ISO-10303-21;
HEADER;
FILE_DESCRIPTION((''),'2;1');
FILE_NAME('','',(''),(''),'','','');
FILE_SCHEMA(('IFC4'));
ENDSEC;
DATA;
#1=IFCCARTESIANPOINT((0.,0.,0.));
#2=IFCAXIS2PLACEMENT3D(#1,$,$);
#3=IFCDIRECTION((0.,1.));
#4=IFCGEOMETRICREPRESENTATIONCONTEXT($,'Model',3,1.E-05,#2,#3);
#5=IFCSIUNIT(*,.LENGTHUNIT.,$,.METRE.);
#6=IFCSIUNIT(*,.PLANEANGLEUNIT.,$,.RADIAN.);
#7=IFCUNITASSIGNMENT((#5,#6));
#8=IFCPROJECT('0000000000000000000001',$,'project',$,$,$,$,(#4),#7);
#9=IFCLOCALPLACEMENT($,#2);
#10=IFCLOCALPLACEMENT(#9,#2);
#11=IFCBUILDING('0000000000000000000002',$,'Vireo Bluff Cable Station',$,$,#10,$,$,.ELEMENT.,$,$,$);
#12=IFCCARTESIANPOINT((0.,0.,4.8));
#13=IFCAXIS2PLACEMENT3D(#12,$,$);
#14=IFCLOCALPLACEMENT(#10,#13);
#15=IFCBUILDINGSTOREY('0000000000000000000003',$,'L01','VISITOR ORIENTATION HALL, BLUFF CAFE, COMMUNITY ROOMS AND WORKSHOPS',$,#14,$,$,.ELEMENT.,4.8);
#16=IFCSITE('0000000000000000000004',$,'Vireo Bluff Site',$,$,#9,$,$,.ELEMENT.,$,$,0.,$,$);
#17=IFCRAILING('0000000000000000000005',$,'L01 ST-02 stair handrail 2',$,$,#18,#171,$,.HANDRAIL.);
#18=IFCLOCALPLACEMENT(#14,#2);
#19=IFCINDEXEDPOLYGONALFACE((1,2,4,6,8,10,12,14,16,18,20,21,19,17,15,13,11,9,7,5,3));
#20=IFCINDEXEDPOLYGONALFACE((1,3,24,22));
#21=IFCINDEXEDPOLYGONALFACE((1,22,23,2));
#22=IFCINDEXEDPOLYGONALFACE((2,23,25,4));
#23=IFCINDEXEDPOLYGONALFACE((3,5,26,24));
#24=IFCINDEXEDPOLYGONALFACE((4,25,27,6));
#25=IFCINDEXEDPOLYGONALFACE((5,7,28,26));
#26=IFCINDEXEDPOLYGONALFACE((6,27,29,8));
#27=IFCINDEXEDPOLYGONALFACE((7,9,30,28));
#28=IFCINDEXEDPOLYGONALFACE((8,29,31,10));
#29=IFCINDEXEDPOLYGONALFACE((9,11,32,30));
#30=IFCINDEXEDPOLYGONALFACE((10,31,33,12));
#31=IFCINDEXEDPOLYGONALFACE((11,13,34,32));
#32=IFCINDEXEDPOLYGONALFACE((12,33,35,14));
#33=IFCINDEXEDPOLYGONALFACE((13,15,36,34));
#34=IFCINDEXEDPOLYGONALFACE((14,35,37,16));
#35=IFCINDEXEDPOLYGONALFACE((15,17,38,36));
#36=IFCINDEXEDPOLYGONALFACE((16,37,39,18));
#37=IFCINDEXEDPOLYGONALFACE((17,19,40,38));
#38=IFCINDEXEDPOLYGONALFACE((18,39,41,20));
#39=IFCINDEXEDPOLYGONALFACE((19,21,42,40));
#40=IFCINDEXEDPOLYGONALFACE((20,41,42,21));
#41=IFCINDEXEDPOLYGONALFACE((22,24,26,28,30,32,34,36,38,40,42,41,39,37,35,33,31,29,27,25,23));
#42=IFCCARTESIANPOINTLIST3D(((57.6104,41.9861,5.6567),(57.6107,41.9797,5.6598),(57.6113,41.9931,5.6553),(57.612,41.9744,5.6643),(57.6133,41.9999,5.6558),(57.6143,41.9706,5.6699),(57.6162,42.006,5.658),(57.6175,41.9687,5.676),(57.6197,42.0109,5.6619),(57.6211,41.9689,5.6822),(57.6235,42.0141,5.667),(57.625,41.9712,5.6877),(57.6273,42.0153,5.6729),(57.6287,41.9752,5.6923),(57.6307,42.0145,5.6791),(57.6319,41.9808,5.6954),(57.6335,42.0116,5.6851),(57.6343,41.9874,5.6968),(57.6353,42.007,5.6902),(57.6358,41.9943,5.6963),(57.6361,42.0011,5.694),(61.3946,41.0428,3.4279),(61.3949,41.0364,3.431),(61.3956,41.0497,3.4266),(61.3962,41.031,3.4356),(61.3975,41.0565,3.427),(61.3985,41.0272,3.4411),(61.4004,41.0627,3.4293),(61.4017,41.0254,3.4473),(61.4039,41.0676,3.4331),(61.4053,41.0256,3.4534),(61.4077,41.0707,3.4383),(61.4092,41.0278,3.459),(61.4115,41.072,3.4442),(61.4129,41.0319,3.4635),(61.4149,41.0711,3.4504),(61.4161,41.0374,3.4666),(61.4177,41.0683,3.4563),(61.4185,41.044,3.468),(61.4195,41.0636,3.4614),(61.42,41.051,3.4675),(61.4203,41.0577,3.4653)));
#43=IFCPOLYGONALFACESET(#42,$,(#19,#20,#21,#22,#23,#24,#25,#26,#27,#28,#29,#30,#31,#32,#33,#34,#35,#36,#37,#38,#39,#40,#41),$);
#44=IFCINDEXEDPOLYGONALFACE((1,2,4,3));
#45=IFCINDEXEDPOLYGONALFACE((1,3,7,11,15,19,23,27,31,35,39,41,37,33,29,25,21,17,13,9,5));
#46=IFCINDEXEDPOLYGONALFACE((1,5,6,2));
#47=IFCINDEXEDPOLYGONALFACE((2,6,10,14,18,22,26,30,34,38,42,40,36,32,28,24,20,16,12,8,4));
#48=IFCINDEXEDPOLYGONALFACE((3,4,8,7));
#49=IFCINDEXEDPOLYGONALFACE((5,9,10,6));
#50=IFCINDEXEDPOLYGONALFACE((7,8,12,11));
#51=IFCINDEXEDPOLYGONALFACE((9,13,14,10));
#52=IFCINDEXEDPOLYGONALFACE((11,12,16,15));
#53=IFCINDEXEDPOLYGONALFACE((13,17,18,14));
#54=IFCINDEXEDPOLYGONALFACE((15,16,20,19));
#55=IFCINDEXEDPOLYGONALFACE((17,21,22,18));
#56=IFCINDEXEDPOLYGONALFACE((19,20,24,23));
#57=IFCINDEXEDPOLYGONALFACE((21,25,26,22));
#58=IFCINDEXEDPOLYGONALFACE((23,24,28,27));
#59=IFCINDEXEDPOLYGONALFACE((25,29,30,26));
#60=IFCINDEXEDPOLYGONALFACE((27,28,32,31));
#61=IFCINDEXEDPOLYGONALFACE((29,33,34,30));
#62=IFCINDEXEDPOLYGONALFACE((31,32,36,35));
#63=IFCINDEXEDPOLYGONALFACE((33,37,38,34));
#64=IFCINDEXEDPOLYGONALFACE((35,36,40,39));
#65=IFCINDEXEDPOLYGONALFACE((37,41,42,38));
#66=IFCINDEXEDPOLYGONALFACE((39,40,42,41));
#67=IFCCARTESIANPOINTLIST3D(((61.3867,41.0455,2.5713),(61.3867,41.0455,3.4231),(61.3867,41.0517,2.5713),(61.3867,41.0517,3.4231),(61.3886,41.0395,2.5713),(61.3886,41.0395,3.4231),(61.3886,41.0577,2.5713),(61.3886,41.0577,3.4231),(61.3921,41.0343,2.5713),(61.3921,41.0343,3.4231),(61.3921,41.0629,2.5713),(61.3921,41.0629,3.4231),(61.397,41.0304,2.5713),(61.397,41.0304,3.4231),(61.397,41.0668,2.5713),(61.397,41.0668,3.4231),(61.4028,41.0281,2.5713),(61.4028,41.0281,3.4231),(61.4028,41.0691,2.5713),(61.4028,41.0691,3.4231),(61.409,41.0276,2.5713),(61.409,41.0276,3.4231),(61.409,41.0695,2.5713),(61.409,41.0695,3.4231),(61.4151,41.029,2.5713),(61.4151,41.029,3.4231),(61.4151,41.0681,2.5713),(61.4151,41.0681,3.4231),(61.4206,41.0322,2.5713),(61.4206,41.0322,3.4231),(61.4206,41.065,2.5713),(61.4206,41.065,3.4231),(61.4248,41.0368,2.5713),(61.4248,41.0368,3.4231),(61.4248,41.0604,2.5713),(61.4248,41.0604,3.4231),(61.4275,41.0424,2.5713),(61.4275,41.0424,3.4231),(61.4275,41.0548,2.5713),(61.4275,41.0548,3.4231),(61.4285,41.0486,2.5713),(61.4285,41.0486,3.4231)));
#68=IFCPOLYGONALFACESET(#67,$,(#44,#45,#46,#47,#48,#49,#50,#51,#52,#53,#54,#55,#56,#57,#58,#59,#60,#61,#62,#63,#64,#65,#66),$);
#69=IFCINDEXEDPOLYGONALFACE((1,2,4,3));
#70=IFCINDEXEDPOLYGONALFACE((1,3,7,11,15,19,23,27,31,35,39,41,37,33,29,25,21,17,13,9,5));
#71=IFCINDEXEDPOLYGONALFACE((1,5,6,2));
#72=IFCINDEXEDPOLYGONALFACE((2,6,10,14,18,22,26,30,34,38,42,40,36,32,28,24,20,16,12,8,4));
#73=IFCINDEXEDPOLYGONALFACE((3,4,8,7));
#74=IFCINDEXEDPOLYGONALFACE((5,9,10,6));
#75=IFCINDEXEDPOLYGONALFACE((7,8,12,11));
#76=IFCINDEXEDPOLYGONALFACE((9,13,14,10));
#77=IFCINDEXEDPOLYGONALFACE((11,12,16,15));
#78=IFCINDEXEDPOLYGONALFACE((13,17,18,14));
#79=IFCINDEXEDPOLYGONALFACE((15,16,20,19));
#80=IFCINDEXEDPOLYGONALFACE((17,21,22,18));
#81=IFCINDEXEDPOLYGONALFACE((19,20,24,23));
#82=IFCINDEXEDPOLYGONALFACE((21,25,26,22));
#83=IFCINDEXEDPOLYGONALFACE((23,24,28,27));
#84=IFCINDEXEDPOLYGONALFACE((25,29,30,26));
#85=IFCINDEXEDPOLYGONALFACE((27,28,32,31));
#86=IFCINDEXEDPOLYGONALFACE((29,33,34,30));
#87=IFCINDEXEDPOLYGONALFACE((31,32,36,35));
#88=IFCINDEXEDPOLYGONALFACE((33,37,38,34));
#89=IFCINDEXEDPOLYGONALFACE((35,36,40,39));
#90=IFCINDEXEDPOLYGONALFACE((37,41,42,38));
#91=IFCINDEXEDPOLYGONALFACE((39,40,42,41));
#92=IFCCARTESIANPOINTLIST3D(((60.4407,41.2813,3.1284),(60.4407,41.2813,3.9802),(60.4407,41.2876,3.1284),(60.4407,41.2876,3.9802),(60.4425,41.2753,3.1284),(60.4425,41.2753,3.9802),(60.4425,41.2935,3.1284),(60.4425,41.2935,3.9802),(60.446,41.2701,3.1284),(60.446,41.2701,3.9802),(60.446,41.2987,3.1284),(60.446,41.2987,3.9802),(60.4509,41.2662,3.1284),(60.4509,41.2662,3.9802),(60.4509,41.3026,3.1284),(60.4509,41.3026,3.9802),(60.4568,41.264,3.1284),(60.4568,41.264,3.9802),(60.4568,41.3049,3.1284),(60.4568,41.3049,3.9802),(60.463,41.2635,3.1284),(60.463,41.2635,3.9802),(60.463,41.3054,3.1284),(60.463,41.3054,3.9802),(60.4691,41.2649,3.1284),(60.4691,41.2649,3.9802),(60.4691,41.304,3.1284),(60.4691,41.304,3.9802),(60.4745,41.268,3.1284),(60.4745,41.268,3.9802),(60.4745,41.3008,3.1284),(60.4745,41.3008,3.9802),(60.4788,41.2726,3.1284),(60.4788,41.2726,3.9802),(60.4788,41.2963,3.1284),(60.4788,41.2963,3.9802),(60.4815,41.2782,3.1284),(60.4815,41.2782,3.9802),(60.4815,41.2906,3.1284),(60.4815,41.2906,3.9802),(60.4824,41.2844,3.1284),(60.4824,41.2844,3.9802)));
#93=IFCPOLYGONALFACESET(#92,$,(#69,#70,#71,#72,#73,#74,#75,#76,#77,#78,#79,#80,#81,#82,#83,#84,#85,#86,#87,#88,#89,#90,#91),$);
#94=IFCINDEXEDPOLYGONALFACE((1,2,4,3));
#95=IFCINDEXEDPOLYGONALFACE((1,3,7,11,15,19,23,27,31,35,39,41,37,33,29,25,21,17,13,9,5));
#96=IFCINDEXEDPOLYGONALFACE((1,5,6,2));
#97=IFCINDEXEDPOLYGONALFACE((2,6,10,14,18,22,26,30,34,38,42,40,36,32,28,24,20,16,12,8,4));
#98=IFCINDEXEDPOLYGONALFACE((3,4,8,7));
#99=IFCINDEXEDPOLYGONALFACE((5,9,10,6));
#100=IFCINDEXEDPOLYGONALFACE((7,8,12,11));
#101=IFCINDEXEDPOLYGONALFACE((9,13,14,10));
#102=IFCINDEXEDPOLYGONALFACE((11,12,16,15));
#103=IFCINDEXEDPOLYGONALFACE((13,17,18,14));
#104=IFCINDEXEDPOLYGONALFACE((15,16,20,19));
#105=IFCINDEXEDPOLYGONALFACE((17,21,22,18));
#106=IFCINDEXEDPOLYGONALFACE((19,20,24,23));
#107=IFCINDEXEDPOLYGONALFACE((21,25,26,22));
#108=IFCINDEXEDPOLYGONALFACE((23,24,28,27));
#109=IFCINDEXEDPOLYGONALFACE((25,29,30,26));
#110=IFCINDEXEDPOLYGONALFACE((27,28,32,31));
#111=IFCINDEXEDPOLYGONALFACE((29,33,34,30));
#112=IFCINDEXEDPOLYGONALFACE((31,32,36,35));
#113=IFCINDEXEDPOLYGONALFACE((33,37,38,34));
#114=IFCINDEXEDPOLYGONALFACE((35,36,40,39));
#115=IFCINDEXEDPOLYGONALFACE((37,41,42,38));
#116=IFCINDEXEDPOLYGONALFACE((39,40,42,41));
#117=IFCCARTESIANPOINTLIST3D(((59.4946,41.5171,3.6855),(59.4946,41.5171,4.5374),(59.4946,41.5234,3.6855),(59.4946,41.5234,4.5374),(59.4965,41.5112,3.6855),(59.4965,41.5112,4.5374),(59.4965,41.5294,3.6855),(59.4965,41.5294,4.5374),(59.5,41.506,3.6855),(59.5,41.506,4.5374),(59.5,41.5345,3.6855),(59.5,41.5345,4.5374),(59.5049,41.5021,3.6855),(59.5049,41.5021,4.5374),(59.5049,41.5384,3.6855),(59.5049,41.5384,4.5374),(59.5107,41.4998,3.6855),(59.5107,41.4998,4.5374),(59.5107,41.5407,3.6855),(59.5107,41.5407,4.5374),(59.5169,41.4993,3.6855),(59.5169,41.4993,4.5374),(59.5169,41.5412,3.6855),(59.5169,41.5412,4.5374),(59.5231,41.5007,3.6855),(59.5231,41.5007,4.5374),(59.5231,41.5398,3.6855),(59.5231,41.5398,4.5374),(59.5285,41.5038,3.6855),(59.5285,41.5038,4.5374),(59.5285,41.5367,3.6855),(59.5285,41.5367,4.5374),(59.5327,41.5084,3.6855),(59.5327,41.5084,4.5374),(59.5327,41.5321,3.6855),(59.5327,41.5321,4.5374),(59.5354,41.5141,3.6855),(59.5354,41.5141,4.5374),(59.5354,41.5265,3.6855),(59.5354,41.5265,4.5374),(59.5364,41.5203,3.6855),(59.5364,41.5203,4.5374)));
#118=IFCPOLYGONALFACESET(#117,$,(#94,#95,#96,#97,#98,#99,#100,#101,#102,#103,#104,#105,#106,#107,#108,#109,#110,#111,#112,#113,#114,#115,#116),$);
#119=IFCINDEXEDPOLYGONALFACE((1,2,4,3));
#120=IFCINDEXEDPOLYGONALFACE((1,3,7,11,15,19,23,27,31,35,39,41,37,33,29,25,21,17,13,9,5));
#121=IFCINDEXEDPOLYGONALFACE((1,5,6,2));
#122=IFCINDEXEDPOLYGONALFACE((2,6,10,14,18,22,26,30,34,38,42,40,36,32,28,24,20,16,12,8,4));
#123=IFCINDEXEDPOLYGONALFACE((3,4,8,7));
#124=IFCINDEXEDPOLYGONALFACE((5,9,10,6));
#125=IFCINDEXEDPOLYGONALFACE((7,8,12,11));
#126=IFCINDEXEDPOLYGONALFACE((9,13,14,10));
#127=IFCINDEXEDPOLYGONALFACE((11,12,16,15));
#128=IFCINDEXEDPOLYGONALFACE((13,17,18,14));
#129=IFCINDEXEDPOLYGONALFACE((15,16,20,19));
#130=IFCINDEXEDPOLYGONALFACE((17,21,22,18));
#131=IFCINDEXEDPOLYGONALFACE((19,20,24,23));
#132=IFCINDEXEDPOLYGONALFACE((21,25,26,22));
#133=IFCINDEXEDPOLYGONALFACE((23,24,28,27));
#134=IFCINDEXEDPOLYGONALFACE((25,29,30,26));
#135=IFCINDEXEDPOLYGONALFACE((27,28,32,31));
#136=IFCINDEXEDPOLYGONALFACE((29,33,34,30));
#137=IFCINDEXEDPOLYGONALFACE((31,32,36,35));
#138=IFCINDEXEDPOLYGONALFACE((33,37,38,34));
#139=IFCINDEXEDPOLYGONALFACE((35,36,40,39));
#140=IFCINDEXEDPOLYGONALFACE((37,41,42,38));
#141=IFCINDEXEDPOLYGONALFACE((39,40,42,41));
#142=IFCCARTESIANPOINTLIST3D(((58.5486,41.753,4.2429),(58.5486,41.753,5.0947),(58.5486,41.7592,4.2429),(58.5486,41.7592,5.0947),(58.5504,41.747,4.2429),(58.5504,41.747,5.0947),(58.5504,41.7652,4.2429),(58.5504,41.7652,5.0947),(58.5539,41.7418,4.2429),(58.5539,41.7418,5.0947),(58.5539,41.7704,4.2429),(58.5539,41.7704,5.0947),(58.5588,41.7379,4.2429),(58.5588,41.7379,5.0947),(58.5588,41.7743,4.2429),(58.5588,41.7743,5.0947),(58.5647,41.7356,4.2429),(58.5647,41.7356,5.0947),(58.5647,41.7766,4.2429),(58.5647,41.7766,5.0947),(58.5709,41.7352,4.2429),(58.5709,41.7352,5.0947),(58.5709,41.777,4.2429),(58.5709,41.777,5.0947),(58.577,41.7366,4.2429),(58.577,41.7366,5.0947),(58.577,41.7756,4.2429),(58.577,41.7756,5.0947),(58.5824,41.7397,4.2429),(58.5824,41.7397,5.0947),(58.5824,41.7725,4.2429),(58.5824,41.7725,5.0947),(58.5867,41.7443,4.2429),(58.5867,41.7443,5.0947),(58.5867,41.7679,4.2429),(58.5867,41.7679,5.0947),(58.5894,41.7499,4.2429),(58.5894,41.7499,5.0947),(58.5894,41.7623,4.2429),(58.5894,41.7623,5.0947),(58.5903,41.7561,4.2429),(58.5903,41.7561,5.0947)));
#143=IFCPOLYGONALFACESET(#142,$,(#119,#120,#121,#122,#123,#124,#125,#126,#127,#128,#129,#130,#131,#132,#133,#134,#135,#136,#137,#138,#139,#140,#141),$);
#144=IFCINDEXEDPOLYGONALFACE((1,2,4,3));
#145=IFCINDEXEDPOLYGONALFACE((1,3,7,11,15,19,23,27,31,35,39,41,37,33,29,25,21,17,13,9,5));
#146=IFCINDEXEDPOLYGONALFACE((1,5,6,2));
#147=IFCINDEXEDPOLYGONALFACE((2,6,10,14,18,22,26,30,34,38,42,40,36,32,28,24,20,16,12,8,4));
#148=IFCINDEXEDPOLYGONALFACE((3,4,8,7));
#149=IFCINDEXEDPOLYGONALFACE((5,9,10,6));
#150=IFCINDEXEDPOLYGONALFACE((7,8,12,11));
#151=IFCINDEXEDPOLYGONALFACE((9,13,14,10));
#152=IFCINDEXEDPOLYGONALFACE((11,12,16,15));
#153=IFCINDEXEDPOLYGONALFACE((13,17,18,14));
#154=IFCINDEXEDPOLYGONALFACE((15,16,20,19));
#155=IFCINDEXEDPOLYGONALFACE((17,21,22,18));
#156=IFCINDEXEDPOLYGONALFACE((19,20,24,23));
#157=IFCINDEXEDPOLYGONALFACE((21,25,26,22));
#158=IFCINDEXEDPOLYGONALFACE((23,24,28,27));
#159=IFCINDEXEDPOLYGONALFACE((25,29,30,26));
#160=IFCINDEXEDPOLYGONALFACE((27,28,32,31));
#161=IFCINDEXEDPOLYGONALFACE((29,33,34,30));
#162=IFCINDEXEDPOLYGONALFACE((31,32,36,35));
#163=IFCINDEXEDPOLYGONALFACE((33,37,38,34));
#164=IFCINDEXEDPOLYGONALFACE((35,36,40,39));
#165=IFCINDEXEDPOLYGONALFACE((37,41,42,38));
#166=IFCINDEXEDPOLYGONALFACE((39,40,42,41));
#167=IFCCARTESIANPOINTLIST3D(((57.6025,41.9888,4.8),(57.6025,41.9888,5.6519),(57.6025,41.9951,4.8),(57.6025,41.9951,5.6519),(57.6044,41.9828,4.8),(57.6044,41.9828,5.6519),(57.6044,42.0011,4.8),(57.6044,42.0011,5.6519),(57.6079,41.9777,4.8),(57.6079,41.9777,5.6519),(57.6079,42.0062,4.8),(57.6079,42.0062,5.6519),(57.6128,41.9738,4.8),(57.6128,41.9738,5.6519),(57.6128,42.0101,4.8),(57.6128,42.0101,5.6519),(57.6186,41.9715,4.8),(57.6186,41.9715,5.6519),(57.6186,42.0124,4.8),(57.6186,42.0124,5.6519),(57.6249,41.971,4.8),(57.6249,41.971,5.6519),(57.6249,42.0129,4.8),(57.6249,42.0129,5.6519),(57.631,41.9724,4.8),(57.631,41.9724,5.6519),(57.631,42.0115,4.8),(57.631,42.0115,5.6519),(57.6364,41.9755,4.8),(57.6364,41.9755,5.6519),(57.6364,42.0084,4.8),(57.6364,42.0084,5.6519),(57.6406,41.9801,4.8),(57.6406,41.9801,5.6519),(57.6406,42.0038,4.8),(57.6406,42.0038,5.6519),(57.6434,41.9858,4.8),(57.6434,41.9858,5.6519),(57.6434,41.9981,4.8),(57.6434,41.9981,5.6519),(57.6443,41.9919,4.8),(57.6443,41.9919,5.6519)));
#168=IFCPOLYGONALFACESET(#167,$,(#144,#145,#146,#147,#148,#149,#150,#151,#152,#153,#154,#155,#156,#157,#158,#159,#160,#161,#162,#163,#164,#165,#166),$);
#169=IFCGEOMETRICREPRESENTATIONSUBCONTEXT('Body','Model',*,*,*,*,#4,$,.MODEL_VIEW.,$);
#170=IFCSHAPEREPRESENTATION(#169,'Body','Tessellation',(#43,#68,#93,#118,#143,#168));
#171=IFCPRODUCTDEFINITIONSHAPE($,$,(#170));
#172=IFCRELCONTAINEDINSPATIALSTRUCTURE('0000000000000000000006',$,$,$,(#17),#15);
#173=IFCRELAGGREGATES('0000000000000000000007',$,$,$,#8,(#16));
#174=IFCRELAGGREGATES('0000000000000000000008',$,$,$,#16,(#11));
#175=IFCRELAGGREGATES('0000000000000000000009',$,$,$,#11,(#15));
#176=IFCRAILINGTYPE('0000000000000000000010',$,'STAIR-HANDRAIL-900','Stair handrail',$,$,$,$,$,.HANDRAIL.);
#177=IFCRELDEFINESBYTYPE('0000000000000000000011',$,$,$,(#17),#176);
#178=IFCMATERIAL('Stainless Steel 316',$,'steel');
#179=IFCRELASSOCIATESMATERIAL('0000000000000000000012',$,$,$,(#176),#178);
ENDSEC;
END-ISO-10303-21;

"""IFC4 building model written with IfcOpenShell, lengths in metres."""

from ifc_helpers import new_model, si_unit, direction, frame, origin, origin_2d, place, context, subcontext, project, spatial, circle, extrude, material, type_object, element, save


model = new_model("IFC4")

# Units and contexts
model_context = context("Model", 3, precision=1e-05, world=origin(), true_north=direction((0.0, 1.0)))
body_context = subcontext(model_context, "Body", "Model", "MODEL_VIEW")
ifc_project = project(units=[si_unit("LENGTHUNIT", "METRE"), si_unit("PLANEANGLEUNIT", "RADIAN")], contexts=[model_context])

# Site, building, storey
site_placement = place(None, origin())
site = spatial("IfcSite", under=ifc_project, at=site_placement, Name="Vireo Bluff Site", CompositionType="ELEMENT", RefElevation=0.0)
building_placement = place(site_placement, origin())
building = spatial("IfcBuilding", under=site, at=building_placement, Name="Vireo Bluff Cable Station", CompositionType="ELEMENT")
storey_placement = place(building_placement, frame((0.0, 0.0, 4.8)))
storey = spatial("IfcBuildingStorey", under=building, at=storey_placement, Name="L01", Description="VISITOR ORIENTATION HALL, BLUFF CAFE, COMMUNITY ROOMS AND WORKSHOPS", CompositionType="ELEMENT", Elevation=4.8)

# Shared definitions
ifc_material_1 = material(Name="Stainless Steel 316", Category="steel")

# Railing
railing_type_1 = type_object("IfcRailingType", Name="STAIR-HANDRAIL-900", Description="Stair handrail", PredefinedType="HANDRAIL", material=ifc_material_1)
railing_1_placement = place(storey_placement, frame((61.4075, 41.0486, 2.5713)))
element("IfcRailing", 1, at=railing_1_placement, inside=storey, type_object=railing_type_1, Name="L01 ST-02 stair handrail 2", PredefinedType="HANDRAIL", context=body_context, shape_type="SweptSolid", body=[
    extrude(circle(Radius=0.0239, at=origin_2d()), frame((0.0, 0.0, 0.876), z_axis=(-0.842442, 0.210013, 0.496171), x_axis=(-0.241887, -0.970304, 0.0)), (0.0, 0.0, 1.0), 4.4919),
    extrude(circle(Radius=0.021, at=origin_2d()), origin(), (0.0, 0.0, 1.0), 0.8518),
    extrude(circle(Radius=0.021, at=origin_2d()), frame((-0.946, 0.2358, 0.5571)), (0.0, 0.0, 1.0), 0.8518),
    extrude(circle(Radius=0.021, at=origin_2d()), frame((-1.8921, 0.4717, 1.1143)), (0.0, 0.0, 1.0), 0.8518),
    extrude(circle(Radius=0.021, at=origin_2d()), frame((-2.8381, 0.7075, 1.6716)), (0.0, 0.0, 1.0), 0.8518),
    extrude(circle(Radius=0.021, at=origin_2d()), frame((-3.7842, 0.9434, 2.2288)), (0.0, 0.0, 1.0), 0.8518),
])

save(model, "model.ifc")
